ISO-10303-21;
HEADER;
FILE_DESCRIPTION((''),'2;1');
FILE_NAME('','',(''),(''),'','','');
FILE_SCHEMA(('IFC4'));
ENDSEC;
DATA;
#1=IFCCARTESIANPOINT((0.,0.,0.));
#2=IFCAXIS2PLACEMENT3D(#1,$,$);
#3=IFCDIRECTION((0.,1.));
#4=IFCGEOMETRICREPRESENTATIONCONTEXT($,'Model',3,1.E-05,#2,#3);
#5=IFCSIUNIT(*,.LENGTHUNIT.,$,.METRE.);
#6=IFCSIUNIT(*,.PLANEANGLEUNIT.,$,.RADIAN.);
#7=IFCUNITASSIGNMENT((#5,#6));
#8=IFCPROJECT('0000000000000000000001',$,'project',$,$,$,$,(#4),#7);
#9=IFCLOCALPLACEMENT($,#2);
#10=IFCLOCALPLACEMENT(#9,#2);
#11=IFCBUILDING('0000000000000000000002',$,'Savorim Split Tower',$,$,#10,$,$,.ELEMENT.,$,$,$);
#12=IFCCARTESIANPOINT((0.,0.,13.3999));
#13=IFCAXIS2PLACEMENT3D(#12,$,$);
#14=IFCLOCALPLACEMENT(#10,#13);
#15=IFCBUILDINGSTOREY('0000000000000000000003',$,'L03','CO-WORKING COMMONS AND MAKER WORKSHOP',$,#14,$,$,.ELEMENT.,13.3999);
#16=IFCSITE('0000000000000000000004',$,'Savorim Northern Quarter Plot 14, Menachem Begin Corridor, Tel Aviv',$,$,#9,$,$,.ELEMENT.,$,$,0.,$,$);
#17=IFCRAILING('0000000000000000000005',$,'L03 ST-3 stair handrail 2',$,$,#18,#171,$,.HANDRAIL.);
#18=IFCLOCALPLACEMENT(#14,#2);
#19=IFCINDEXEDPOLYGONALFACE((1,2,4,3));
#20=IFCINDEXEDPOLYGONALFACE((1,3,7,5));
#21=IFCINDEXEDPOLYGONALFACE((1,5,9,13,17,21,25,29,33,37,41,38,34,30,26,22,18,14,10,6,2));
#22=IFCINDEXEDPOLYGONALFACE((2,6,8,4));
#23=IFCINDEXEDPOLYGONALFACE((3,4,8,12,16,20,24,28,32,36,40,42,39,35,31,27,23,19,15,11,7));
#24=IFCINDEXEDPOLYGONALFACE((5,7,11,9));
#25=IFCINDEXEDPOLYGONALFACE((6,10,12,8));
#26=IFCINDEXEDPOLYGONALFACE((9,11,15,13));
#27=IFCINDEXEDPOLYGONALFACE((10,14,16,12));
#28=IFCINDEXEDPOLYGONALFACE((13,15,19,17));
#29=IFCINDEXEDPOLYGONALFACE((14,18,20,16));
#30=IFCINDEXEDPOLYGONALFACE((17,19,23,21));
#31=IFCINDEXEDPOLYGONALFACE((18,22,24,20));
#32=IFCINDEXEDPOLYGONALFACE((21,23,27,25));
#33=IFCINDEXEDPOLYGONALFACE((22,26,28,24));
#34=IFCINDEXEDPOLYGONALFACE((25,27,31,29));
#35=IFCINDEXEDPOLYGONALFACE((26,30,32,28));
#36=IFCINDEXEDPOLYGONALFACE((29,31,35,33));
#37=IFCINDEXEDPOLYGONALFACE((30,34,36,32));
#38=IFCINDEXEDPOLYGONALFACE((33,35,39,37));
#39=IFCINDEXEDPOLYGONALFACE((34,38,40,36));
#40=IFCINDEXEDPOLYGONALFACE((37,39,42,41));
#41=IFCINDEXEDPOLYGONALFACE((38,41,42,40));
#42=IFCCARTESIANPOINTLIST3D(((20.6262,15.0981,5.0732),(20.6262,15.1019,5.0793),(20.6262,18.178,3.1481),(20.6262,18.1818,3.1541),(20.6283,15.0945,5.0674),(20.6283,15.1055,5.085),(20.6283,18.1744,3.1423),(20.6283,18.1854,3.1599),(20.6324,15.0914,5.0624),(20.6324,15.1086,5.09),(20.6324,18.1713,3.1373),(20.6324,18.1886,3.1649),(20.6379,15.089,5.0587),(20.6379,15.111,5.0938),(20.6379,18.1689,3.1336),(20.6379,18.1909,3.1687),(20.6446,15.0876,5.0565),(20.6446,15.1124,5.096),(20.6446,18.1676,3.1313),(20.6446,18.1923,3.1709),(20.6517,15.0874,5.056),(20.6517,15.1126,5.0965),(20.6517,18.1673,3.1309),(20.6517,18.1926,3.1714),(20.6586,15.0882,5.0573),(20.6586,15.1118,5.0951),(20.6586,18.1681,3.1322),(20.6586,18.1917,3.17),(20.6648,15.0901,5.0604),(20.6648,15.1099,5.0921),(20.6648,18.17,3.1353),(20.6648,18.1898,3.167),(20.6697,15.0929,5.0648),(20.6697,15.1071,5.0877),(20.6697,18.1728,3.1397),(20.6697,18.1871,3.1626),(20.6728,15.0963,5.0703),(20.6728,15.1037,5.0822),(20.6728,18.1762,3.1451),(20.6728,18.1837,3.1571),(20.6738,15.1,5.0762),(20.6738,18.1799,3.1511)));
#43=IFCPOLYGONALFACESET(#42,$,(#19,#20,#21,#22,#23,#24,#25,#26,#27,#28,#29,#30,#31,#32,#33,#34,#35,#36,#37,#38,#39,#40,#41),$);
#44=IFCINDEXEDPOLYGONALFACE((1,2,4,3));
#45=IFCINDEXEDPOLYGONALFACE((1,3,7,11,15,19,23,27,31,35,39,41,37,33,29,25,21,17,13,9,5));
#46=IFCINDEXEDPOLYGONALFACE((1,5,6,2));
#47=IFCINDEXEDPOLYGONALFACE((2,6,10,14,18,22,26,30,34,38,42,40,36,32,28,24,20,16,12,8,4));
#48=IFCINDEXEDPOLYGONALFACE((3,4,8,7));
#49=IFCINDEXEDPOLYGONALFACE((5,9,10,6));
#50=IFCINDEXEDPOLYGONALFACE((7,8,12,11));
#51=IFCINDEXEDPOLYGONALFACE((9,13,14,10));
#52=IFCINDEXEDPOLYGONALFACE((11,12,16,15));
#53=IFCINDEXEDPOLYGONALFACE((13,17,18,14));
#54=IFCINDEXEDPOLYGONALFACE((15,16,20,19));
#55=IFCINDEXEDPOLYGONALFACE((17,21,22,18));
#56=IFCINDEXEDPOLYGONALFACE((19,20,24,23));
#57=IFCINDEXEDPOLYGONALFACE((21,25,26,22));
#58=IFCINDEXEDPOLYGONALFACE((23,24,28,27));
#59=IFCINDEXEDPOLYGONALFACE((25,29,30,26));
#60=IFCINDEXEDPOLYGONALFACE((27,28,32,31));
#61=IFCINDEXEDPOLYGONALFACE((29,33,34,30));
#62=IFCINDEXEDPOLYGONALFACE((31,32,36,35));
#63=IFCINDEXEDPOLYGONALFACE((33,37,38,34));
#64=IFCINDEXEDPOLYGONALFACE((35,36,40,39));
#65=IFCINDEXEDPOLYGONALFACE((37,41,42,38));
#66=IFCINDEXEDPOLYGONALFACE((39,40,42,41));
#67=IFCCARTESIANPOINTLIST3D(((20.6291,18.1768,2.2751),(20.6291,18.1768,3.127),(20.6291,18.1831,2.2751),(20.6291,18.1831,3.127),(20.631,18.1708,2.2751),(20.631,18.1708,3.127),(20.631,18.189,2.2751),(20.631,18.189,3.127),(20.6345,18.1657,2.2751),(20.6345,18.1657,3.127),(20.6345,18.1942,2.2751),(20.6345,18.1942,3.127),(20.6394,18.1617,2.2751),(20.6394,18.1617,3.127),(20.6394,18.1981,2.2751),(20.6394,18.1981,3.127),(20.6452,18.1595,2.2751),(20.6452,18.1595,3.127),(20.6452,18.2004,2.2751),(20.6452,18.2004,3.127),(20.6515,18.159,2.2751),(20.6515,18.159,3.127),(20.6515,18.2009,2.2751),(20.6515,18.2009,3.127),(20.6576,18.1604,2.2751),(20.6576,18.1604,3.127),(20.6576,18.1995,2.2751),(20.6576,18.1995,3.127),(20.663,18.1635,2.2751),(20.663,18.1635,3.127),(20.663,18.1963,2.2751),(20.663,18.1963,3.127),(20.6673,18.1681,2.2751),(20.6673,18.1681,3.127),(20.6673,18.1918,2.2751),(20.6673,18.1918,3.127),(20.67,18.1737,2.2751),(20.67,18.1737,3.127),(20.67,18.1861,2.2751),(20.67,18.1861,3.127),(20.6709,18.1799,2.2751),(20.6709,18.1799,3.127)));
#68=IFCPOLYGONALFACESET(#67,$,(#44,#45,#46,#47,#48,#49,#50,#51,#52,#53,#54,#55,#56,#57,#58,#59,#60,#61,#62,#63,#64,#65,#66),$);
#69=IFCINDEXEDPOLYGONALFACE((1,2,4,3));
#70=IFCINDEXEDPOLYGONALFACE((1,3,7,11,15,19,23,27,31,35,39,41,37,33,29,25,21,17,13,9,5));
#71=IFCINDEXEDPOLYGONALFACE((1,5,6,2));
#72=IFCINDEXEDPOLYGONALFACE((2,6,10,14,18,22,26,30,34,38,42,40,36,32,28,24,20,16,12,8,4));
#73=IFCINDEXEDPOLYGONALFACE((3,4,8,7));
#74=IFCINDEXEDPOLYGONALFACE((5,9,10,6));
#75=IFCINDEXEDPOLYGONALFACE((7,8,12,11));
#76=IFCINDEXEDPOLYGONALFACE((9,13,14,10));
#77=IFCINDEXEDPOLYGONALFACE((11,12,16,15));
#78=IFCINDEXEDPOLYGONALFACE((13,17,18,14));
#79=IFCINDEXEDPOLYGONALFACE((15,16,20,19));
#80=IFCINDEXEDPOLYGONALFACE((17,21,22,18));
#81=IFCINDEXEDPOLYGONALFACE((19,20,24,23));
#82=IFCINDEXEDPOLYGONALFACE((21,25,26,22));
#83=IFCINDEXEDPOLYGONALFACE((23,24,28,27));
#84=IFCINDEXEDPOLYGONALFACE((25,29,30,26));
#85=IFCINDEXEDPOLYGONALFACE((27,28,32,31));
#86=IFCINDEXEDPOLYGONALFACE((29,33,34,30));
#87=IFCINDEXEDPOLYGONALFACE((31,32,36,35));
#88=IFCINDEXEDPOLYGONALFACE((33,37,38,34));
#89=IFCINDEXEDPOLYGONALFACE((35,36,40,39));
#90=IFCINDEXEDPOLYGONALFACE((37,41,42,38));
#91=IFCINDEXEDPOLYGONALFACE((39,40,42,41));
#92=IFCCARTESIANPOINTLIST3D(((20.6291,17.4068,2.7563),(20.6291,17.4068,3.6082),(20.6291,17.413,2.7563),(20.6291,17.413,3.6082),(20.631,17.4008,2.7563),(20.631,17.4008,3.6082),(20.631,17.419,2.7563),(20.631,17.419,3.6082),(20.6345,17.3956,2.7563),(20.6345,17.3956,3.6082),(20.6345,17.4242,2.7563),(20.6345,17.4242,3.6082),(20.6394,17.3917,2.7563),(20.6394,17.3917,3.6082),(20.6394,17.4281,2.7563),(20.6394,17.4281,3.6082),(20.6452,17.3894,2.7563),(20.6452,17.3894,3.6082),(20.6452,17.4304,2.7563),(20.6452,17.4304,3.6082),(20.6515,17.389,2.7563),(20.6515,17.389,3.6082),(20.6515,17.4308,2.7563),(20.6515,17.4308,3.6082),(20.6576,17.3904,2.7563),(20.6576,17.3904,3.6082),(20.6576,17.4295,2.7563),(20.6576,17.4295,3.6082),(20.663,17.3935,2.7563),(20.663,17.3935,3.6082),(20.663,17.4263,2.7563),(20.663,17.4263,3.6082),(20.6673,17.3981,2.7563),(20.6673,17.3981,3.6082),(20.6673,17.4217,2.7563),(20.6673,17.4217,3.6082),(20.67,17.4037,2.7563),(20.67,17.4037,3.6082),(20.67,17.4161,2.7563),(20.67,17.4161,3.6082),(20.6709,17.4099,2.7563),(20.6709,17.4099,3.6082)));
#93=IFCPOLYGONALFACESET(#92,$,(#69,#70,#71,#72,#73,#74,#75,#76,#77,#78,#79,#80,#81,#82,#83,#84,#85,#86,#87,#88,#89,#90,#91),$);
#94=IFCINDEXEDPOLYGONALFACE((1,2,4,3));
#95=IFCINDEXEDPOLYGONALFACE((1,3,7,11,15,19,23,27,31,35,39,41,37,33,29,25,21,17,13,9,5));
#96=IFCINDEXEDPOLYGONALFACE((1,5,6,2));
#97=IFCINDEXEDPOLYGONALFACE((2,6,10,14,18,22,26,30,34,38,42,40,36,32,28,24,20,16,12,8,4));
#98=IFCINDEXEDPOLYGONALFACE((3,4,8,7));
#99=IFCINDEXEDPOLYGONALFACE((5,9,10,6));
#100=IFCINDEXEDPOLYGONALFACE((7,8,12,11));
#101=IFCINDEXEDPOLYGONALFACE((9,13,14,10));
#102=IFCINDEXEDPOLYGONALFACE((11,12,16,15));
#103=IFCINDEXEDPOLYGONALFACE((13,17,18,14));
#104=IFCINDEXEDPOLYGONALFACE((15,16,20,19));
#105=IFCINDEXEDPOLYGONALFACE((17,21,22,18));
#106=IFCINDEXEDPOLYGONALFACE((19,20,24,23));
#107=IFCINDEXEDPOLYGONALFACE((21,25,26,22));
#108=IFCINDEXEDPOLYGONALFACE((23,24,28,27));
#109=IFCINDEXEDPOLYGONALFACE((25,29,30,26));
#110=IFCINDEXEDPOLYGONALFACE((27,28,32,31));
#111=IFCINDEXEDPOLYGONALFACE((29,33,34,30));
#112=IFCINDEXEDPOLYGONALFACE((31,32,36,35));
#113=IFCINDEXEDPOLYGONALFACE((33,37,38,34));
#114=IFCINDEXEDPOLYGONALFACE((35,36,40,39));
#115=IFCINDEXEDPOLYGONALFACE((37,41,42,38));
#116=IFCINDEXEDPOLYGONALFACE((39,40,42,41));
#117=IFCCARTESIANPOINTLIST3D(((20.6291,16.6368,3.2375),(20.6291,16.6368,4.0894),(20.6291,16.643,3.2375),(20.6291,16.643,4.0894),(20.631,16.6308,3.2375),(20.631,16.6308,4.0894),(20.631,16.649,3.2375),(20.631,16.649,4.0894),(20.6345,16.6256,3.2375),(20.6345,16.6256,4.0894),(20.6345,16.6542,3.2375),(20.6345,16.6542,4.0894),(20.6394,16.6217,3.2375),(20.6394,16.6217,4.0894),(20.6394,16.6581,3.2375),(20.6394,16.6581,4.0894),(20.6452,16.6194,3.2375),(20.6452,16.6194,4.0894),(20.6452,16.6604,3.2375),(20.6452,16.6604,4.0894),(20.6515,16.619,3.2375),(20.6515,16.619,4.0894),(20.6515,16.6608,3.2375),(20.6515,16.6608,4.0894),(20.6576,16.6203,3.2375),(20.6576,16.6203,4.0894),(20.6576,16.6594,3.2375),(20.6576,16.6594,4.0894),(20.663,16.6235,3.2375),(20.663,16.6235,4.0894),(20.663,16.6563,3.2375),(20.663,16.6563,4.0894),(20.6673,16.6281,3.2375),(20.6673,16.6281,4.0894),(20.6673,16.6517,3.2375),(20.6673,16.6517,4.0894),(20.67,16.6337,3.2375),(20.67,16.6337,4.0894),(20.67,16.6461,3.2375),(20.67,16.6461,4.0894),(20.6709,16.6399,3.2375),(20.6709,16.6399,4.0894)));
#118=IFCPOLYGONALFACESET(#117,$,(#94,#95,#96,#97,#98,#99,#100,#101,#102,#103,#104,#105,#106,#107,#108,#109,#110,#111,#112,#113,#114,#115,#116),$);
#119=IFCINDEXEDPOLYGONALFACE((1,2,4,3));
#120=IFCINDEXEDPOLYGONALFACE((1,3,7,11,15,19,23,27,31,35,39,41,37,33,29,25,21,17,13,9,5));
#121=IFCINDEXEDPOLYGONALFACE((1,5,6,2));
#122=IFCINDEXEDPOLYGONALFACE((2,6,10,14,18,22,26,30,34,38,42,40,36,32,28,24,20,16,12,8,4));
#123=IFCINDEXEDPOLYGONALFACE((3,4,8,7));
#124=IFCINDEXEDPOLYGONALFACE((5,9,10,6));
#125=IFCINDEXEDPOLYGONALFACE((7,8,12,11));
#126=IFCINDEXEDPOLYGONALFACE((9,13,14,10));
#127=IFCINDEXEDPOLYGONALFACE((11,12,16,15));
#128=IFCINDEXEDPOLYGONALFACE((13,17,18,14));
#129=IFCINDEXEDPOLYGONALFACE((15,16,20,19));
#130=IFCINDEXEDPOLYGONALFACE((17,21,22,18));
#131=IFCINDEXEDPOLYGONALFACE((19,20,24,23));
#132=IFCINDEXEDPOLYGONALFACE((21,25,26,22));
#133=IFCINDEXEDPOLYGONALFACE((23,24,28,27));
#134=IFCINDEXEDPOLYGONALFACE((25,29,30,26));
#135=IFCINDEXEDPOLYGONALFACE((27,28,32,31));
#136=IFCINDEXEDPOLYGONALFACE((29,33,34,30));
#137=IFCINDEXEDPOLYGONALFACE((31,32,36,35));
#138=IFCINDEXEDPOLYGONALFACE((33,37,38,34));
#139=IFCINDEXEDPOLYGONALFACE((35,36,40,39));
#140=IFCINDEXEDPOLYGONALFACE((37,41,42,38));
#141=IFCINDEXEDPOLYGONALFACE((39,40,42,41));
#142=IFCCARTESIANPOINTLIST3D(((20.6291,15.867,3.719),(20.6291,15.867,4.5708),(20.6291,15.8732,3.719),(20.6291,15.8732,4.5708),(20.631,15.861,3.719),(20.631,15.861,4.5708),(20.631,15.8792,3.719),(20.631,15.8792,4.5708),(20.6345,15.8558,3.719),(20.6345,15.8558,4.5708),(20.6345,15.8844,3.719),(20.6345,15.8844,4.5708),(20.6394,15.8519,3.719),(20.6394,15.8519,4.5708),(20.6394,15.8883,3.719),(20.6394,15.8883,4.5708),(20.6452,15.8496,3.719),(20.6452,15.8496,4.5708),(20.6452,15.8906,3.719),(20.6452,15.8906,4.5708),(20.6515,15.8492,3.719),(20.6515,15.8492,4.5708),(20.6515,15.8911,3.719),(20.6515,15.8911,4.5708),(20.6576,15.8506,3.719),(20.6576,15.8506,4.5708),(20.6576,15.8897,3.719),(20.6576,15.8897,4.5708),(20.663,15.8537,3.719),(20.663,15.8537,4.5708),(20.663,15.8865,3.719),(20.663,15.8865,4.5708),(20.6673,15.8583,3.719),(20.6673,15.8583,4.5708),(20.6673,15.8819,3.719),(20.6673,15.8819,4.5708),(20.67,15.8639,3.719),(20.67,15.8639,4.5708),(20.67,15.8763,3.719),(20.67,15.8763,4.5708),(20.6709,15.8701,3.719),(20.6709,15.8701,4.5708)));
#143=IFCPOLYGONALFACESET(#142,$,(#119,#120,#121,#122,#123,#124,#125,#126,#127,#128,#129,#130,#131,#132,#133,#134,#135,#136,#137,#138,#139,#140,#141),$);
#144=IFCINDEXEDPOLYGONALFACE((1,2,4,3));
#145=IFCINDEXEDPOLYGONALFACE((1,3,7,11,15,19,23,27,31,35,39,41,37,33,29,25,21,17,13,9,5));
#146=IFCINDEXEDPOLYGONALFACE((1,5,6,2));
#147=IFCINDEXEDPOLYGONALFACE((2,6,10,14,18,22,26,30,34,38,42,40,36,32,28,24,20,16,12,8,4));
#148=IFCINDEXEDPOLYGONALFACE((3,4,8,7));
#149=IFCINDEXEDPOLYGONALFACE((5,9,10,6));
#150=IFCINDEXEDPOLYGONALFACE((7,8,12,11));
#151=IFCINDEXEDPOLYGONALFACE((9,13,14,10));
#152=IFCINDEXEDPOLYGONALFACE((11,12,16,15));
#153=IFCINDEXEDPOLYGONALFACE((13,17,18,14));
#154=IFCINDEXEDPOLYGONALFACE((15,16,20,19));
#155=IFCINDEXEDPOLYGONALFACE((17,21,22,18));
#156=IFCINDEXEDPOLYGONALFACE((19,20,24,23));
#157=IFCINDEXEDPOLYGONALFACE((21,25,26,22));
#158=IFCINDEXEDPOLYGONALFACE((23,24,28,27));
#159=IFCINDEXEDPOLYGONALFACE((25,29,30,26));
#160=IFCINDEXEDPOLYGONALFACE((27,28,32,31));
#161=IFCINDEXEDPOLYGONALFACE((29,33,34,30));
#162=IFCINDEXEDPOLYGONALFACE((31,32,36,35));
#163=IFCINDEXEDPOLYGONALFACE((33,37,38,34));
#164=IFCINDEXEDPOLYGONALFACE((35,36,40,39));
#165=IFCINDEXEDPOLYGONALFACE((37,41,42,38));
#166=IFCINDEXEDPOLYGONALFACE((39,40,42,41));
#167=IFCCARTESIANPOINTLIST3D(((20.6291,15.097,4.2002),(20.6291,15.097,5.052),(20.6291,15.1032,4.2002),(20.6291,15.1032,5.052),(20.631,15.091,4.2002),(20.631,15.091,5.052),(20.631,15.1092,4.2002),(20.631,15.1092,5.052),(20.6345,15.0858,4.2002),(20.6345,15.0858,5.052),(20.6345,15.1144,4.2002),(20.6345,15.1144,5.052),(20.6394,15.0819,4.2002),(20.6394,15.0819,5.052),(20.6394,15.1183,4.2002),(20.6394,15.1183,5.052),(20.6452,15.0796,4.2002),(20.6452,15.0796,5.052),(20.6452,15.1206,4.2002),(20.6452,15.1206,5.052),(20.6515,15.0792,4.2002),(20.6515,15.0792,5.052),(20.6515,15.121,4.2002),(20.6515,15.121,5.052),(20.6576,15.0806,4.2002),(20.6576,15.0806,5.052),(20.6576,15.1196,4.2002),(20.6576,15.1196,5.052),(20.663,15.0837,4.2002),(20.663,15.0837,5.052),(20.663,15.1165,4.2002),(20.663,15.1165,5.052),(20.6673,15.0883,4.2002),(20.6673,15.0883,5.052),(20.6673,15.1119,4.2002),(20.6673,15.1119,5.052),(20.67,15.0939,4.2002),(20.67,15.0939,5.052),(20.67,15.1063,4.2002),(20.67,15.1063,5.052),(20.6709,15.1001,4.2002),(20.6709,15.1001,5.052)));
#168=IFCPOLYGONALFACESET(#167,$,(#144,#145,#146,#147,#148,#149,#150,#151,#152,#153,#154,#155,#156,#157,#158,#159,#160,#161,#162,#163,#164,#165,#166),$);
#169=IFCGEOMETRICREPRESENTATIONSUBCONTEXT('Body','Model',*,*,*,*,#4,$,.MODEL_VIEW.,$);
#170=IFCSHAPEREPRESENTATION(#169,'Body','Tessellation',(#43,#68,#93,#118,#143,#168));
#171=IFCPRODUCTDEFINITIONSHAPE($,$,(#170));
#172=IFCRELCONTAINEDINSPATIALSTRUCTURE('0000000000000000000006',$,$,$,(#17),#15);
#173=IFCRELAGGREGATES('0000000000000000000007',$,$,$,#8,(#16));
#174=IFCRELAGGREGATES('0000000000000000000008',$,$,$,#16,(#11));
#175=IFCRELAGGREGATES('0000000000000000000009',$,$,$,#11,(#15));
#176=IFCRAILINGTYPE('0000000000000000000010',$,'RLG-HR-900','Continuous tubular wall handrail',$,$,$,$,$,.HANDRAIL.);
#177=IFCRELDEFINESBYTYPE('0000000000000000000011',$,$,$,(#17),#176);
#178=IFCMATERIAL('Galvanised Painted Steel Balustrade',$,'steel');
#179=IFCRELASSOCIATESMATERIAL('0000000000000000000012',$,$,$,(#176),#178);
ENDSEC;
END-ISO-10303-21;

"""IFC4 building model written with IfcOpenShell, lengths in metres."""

from ifc_helpers import new_model, si_unit, direction, frame, origin, origin_2d, place, context, subcontext, project, spatial, circle, extrude, material, type_object, element, save


model = new_model("IFC4")

# Units and contexts
model_context = context("Model", 3, precision=1e-05, world=origin(), true_north=direction((0.0, 1.0)))
body_context = subcontext(model_context, "Body", "Model", "MODEL_VIEW")
ifc_project = project(units=[si_unit("LENGTHUNIT", "METRE"), si_unit("PLANEANGLEUNIT", "RADIAN")], contexts=[model_context])

# Site, building, storey
site_placement = place(None, origin())
site = spatial("IfcSite", under=ifc_project, at=site_placement, Name="Savorim Northern Quarter Plot 14, Menachem Begin Corridor, Tel Aviv", CompositionType="ELEMENT", RefElevation=0.0)
building_placement = place(site_placement, origin())
building = spatial("IfcBuilding", under=site, at=building_placement, Name="Savorim Split Tower", CompositionType="ELEMENT")
storey_placement = place(building_placement, frame((0.0, 0.0, 13.3999)))
storey = spatial("IfcBuildingStorey", under=building, at=storey_placement, Name="L03", Description="CO-WORKING COMMONS AND MAKER WORKSHOP", CompositionType="ELEMENT", Elevation=13.3999)

# Railing
ifc_material_1 = material(Name="Galvanised Painted Steel Balustrade", Category="steel")
railing_type_1 = type_object("IfcRailingType", Name="RLG-HR-900", Description="Continuous tubular wall handrail", PredefinedType="HANDRAIL", material=ifc_material_1)
railing_1_placement = place(storey_placement, frame((20.6499, 18.1799, 2.2751)))
element("IfcRailing", 1, at=railing_1_placement, inside=storey, type_object=railing_type_1, Name="L03 ST-3 stair handrail 2", PredefinedType="HANDRAIL", context=body_context, shape_type="SweptSolid", body=[
    extrude(circle(Radius=0.0239, at=origin_2d()), frame((0.0, 0.0, 0.876), z_axis=(0.0, -0.847979, 0.530029), x_axis=(1.0, 0.0, 0.0)), (0.0, 0.0, 1.0), 3.6321),
    extrude(circle(Radius=0.021, at=origin_2d()), origin(), (0.0, 0.0, 1.0), 0.8518),
    extrude(circle(Radius=0.021, at=origin_2d()), frame((0.0, -0.77, 0.4812)), (0.0, 0.0, 1.0), 0.8518),
    extrude(circle(Radius=0.021, at=origin_2d()), frame((0.0, -1.54, 0.9624)), (0.0, 0.0, 1.0), 0.8518),
    extrude(circle(Radius=0.021, at=origin_2d()), frame((0.0, -2.3098, 1.4438)), (0.0, 0.0, 1.0), 0.8518),
    extrude(circle(Radius=0.021, at=origin_2d()), frame((0.0, -3.0798, 1.925)), (0.0, 0.0, 1.0), 0.8518),
])

save(model, "model.ifc")
